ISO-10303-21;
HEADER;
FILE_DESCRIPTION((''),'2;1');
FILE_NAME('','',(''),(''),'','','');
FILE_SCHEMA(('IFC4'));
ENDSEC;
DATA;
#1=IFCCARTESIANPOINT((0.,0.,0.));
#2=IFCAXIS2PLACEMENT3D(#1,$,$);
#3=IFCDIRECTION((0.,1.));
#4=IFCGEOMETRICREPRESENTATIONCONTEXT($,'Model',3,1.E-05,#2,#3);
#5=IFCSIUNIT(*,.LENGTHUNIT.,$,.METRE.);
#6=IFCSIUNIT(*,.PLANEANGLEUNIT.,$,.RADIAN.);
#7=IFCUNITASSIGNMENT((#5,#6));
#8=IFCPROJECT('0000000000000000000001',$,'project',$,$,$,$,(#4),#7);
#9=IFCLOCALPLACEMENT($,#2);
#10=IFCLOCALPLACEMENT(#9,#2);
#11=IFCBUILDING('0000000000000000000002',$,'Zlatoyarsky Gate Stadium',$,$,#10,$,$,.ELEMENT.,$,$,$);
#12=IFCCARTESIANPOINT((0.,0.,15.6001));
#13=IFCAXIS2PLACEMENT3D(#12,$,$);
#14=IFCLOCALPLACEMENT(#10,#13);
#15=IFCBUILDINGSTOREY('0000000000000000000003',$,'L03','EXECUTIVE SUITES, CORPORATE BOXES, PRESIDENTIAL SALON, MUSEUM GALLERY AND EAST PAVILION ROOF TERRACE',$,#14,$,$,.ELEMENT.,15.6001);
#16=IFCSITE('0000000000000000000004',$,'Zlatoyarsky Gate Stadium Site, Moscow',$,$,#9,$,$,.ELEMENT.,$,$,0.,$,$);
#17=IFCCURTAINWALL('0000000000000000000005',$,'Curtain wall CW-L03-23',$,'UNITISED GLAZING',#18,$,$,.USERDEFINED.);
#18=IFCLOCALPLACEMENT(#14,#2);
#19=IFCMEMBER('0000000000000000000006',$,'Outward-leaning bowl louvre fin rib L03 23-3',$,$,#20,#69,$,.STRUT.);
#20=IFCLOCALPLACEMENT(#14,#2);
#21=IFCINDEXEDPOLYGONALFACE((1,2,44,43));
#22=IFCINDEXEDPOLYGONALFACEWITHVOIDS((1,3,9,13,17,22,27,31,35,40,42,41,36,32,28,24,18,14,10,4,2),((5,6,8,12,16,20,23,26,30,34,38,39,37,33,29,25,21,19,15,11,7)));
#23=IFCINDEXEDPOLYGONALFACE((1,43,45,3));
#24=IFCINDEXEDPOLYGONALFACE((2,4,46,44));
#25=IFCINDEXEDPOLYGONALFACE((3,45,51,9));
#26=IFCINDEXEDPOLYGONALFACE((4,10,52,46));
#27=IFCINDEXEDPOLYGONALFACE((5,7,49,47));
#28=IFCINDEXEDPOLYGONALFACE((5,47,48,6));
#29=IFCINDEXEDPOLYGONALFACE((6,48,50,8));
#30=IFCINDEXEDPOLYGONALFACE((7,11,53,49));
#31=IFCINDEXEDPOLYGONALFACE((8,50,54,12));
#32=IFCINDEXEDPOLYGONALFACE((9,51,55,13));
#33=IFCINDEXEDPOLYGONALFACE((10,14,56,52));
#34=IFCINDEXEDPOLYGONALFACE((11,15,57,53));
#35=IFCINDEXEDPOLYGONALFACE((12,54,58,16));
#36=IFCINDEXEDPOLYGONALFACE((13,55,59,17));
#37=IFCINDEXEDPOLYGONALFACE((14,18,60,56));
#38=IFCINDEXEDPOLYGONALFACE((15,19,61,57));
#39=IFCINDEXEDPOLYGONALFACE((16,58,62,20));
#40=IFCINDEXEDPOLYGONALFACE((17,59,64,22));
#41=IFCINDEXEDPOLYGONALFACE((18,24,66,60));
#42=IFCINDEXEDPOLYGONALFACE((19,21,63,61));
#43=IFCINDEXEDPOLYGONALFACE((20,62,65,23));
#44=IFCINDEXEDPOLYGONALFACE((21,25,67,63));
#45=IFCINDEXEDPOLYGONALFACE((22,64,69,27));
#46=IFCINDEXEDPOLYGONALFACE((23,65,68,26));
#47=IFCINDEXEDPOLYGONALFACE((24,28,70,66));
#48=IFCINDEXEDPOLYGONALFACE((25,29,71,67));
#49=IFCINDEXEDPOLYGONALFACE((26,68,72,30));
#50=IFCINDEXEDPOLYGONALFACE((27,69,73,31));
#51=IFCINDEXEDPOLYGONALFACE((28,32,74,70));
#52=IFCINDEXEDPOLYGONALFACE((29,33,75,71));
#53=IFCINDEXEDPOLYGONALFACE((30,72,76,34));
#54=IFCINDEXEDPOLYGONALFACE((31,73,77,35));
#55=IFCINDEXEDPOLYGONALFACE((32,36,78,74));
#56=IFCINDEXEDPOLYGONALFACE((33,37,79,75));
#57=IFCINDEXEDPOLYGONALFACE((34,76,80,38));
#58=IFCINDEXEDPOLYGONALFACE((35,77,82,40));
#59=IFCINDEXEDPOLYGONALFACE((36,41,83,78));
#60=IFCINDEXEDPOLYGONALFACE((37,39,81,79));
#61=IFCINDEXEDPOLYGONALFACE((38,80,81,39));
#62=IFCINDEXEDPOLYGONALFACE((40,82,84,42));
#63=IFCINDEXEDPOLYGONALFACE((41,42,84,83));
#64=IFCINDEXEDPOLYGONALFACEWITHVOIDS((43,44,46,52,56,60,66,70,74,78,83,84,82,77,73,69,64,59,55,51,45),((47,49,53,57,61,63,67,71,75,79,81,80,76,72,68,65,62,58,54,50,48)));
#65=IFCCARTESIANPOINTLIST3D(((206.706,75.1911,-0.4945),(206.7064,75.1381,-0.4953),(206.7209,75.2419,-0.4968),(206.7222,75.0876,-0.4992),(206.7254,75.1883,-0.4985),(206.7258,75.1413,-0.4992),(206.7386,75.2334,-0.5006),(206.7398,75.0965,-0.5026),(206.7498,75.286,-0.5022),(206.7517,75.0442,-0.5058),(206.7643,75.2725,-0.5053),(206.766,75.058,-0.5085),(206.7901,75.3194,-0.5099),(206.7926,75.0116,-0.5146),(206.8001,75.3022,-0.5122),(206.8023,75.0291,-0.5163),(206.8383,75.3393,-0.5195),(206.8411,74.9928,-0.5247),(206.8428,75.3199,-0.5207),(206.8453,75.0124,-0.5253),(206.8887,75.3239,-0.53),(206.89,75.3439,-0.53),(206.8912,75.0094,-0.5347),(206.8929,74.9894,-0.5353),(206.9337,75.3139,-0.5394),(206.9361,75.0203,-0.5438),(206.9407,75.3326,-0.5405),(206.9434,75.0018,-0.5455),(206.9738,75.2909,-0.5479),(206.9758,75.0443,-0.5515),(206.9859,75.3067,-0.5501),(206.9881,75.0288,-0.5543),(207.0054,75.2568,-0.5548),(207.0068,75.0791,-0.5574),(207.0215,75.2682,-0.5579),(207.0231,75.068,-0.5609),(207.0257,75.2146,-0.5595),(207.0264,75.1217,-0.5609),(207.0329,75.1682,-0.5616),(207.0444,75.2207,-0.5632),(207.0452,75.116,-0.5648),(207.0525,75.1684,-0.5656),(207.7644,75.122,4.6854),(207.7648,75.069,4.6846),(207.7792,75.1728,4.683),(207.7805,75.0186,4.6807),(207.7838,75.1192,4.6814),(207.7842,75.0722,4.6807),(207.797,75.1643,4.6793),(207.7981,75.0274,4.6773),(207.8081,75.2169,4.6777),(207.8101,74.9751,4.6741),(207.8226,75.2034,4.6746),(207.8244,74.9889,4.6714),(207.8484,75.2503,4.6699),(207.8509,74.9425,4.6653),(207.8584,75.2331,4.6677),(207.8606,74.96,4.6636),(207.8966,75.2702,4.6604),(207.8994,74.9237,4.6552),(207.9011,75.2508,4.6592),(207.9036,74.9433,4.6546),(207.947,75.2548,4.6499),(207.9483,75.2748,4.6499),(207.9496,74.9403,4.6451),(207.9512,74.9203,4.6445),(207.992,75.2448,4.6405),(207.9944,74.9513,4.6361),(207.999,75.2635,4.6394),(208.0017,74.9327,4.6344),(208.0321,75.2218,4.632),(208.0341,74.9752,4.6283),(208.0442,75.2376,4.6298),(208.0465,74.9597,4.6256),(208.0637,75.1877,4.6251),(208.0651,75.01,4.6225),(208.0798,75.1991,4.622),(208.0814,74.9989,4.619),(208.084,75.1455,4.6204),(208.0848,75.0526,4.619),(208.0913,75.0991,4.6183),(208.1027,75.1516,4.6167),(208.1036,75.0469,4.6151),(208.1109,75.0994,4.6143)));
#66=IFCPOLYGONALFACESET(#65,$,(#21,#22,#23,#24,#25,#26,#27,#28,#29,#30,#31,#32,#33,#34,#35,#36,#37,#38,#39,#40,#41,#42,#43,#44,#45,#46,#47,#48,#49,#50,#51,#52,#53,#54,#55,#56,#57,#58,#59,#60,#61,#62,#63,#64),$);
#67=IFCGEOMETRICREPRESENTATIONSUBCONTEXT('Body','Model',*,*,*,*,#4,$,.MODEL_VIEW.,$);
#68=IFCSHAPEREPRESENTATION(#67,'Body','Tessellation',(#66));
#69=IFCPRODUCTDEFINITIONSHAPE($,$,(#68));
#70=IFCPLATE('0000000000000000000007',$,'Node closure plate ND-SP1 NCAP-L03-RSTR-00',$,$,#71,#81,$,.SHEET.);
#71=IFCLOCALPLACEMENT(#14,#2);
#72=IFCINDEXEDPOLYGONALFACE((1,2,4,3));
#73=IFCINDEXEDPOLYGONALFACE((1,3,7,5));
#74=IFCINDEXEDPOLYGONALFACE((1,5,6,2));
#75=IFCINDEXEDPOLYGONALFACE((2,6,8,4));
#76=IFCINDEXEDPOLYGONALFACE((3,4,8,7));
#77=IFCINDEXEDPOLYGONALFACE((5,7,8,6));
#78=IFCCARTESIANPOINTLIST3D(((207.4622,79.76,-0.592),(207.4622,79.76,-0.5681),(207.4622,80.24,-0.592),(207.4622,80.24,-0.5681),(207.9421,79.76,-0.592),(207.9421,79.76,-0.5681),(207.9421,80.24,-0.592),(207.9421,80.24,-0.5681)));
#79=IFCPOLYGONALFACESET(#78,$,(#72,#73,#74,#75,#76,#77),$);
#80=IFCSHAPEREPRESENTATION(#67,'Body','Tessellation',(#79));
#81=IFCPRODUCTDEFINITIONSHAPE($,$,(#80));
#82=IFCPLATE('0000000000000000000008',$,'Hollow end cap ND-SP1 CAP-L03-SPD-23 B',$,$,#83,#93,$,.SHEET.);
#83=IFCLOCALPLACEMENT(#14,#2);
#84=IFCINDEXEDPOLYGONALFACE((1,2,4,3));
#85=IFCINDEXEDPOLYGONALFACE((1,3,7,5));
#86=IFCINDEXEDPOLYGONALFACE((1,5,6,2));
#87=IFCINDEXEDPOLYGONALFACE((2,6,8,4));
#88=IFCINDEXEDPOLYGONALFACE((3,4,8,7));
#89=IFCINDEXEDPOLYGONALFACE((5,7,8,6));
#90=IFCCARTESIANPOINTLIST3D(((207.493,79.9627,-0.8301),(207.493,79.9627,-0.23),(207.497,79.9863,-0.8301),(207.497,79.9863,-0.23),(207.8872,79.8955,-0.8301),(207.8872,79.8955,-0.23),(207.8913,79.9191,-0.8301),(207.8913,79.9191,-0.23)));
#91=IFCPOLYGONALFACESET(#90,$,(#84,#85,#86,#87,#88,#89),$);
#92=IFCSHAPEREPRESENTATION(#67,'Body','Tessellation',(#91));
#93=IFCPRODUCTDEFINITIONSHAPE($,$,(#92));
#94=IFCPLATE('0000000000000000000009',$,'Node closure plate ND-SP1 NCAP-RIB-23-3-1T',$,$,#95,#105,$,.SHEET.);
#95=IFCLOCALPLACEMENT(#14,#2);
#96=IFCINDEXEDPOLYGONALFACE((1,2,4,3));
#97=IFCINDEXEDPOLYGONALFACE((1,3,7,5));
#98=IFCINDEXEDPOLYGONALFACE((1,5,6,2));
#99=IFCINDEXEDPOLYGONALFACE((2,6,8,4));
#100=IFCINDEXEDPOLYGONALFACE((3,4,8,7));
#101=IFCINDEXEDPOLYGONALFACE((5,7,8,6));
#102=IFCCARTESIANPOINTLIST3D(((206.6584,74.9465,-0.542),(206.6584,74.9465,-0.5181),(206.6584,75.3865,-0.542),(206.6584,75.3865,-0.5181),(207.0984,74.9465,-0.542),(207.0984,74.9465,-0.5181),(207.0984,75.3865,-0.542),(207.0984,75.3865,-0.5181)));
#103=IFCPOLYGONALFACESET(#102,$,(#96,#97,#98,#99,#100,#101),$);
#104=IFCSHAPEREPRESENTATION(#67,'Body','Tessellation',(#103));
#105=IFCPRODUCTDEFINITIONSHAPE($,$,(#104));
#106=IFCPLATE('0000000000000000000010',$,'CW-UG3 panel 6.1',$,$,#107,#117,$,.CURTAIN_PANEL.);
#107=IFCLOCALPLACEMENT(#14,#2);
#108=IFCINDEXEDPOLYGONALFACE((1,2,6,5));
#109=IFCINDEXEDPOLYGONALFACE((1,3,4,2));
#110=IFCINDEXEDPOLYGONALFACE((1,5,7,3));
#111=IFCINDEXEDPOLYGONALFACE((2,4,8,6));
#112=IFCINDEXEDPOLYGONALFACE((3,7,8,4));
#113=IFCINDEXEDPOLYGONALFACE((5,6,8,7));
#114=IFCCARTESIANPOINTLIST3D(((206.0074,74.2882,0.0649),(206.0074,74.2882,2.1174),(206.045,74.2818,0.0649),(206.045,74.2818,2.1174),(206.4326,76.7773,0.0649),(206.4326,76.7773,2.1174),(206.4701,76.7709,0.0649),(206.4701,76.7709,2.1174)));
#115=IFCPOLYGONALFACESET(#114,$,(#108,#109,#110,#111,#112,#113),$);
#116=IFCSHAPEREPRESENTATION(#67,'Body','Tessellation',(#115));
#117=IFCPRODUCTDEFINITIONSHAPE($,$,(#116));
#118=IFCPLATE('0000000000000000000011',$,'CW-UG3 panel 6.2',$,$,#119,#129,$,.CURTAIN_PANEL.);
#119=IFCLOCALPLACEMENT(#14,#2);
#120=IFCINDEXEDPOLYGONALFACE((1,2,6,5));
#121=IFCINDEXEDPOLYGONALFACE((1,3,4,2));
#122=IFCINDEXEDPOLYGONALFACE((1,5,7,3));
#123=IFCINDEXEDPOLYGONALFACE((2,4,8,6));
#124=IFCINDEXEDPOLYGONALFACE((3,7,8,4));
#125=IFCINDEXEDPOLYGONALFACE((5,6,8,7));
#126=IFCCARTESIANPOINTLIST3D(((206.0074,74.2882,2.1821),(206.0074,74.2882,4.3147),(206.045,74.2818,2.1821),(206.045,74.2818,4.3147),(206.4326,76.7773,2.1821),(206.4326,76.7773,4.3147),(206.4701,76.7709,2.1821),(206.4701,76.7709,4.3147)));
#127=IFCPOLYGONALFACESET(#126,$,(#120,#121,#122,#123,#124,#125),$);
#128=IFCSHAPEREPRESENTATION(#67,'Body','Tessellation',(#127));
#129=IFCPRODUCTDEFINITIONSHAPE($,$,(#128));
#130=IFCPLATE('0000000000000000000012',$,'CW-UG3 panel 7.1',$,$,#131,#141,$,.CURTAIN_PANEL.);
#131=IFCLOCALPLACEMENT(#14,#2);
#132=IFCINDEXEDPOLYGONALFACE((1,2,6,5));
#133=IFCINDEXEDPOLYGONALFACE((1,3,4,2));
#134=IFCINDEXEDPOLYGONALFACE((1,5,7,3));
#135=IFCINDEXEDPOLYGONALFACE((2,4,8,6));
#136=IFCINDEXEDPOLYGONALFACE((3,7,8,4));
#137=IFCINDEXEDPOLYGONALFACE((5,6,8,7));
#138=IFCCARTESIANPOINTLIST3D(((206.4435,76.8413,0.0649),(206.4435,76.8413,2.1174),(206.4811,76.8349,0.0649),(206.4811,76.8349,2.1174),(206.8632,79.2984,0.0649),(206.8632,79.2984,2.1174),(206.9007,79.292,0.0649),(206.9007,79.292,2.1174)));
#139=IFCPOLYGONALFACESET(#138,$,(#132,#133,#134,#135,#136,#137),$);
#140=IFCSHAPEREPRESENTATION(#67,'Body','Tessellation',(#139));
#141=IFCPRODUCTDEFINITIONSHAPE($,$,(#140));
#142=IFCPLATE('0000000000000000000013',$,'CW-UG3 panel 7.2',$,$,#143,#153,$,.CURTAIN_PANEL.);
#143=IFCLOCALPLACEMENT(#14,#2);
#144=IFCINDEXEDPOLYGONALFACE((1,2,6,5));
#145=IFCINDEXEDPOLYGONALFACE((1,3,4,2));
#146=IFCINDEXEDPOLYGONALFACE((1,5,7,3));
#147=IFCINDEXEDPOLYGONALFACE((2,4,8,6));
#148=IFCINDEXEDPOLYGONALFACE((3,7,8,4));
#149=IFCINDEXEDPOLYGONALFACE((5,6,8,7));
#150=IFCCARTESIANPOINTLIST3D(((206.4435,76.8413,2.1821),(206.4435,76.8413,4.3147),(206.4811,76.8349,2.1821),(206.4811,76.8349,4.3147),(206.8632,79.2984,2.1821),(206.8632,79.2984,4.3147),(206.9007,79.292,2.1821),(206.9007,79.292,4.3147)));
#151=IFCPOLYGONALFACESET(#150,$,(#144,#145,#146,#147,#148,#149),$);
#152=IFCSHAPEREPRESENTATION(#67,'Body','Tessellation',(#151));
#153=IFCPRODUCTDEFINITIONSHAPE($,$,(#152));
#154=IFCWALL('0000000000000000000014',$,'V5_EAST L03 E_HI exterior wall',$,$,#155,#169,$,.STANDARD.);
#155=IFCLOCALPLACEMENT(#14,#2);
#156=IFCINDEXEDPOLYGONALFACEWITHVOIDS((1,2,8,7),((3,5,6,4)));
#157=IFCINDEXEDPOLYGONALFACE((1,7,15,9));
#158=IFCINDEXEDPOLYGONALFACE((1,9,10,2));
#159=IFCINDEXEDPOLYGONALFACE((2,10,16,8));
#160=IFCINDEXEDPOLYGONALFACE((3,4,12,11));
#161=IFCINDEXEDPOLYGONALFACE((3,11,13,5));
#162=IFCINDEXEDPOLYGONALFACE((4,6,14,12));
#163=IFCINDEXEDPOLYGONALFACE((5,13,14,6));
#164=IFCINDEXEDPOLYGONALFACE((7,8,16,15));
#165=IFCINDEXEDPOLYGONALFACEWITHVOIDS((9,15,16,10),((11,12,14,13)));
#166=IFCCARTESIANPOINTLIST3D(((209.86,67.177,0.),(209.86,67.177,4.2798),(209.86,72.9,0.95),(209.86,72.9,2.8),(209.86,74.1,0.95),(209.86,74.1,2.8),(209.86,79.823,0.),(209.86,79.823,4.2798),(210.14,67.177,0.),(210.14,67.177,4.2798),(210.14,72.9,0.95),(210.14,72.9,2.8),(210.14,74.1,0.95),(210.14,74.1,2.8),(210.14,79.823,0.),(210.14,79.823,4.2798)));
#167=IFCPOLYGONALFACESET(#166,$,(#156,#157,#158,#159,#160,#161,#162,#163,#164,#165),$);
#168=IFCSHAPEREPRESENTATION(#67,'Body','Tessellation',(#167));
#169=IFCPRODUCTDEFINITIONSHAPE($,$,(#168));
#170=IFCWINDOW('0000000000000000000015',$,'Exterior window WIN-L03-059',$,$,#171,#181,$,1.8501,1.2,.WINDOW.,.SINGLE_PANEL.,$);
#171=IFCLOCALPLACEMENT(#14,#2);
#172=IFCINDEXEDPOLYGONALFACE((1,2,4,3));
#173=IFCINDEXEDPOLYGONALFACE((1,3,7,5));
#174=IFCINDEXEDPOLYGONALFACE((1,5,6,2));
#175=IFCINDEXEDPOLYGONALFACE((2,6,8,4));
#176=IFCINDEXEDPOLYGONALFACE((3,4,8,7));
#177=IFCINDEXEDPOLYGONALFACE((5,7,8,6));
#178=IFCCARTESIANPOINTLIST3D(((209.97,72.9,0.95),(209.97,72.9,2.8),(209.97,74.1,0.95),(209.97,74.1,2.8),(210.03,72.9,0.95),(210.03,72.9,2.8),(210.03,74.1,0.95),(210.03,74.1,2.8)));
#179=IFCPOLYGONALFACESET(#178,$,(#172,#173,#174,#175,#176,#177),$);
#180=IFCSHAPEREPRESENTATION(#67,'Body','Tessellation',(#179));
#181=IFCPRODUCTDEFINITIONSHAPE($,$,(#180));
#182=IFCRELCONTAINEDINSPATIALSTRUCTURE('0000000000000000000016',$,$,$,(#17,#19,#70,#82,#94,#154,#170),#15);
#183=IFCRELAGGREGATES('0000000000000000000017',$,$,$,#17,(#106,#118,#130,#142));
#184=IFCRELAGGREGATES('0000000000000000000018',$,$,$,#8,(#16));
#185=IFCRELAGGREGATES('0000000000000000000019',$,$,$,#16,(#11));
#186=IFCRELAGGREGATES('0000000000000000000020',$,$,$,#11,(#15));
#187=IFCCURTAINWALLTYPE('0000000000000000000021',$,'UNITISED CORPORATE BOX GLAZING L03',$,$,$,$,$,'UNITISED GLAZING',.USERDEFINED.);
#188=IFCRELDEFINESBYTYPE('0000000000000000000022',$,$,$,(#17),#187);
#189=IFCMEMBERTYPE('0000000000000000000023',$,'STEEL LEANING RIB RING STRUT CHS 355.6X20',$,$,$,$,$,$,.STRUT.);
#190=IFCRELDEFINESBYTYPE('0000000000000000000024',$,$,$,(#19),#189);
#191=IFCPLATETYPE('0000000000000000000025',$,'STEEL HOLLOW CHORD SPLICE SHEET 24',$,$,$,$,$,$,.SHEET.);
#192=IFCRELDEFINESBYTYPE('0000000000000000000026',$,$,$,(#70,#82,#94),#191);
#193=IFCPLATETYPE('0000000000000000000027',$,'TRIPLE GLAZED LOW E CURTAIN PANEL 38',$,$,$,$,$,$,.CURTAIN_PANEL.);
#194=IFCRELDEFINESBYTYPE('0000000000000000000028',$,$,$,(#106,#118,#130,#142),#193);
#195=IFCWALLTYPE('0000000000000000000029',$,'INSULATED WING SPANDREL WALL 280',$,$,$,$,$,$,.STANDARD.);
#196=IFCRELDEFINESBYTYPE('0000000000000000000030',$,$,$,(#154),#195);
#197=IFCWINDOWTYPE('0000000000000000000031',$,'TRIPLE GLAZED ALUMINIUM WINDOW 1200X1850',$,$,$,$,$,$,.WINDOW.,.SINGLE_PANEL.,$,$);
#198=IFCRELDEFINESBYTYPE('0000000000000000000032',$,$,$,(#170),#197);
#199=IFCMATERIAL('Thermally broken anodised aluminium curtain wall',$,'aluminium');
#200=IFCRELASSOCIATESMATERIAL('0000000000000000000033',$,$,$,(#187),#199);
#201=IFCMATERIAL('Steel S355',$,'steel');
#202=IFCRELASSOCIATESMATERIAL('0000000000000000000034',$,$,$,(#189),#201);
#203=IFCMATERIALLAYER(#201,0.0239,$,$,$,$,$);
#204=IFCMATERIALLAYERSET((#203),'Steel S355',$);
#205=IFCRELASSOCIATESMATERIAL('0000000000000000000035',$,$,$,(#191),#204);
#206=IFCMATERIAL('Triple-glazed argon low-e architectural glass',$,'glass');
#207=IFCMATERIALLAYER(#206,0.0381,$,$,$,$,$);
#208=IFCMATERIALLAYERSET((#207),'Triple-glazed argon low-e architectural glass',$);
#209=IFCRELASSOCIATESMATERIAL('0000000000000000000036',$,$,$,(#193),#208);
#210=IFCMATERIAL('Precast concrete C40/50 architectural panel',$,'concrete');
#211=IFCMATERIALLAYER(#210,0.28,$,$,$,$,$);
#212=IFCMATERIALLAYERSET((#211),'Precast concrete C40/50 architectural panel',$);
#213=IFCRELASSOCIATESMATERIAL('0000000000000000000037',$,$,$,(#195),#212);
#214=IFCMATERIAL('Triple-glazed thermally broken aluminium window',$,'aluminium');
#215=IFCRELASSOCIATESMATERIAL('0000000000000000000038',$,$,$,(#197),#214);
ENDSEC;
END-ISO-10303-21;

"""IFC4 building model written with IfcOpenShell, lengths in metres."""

from ifc_helpers import new_model, si_unit, direction, frame, frame_2d, origin, origin_2d, place, context, subcontext, project, spatial, rectangle, hollow_circle, extrude, material, layer, layer_set, material_profile, profile_set, type_object, element, fill, aggregate, save


model = new_model("IFC4")

# Units and contexts
model_context = context("Model", 3, precision=1e-05, world=origin(), true_north=direction((0.0, 1.0)))
body_context = subcontext(model_context, "Body", "Model", "MODEL_VIEW")
ifc_project = project(units=[si_unit("LENGTHUNIT", "METRE"), si_unit("PLANEANGLEUNIT", "RADIAN")], contexts=[model_context])

# Site, building, storey
site_placement = place(None, origin())
site = spatial("IfcSite", under=ifc_project, at=site_placement, Name="Zlatoyarsky Gate Stadium Site, Moscow", CompositionType="ELEMENT", RefElevation=0.0)
building_placement = place(site_placement, origin())
building = spatial("IfcBuilding", under=site, at=building_placement, Name="Zlatoyarsky Gate Stadium", CompositionType="ELEMENT")
storey_placement = place(building_placement, frame((0.0, 0.0, 15.6001)))
storey = spatial("IfcBuildingStorey", under=building, at=storey_placement, Name="L03", Description="EXECUTIVE SUITES, CORPORATE BOXES, PRESIDENTIAL SALON, MUSEUM GALLERY AND EAST PAVILION ROOF TERRACE", CompositionType="ELEMENT", Elevation=15.6001)

# Shared definitions
ifc_material_1 = material(Name="Steel S355", Category="steel")

# Curtain wall
ifc_material_2 = material(Name="Thermally broken anodised aluminium curtain wall", Category="aluminium")
curtain_wall_type = type_object("IfcCurtainWallType", Name="UNITISED CORPORATE BOX GLAZING L03", ElementType="UNITISED GLAZING", PredefinedType="USERDEFINED", material=ifc_material_2)
curtain_wall_placement = place(storey_placement, origin())
curtain_wall = element("IfcCurtainWall", 1, at=curtain_wall_placement, inside=storey, type_object=curtain_wall_type, Name="Curtain wall CW-L03-23", ObjectType="UNITISED GLAZING", PredefinedType="USERDEFINED")

# Member
ifc_material_profile_1 = material_profile(ifc_material_1, hollow_circle(Radius=0.1777, WallThickness=0.02, at=origin_2d()), Name="CHS 355.6X20")
ifc_profile_set_1 = profile_set([ifc_material_profile_1], Name="Steel S355")
member_type_1 = type_object("IfcMemberType", Name="STEEL LEANING RIB RING STRUT CHS 355.6X20", PredefinedType="STRUT", material=ifc_profile_set_1)
member_1_placement = place(storey_placement, frame((206.8784, 75.1665, -0.53), z_axis=(0.200165, -0.013067, 0.979675), x_axis=(0.065144, 0.997876, 0.0)))
element("IfcMember", 2, at=member_1_placement, inside=storey, type_object=member_type_1, Name="Outward-leaning bowl louvre fin rib L03 23-3", PredefinedType="STRUT", context=body_context, shape_type="SweptSolid", body=[
    extrude(hollow_circle(Radius=0.1777, WallThickness=0.02, at=origin_2d()), origin(), (0.0, 0.0, 1.0), 5.2874),
])

# Plates
ifc_layer_1 = layer(ifc_material_1, 0.0239)
ifc_layer_set_1 = layer_set([ifc_layer_1], Name="Steel S355")
plate_type_1 = type_object("IfcPlateType", Name="STEEL HOLLOW CHORD SPLICE SHEET 24", PredefinedType="SHEET", material=ifc_layer_set_1)
plate_1_placement = place(storey_placement, frame((207.7021, 80.0, -0.592), z_axis=(0.0, 0.0, 1.0), x_axis=(1.0, 0.0, 0.0)))
element("IfcPlate", 3, at=plate_1_placement, inside=storey, type_object=plate_type_1, Name="Node closure plate ND-SP1 NCAP-L03-RSTR-00", PredefinedType="SHEET", context=body_context, shape_type="SweptSolid", body=[
    extrude(rectangle(XDim=0.48, YDim=0.48, at=origin_2d()), origin(), (0.0, 0.0, 1.0), 0.0239),
])
plate_2_placement = place(storey_placement, frame((207.6921, 79.9409, -0.8301), z_axis=(0.0, 0.0, 1.0), x_axis=(0.167999, 0.985787, 0.0)))
element("IfcPlate", 4, at=plate_2_placement, inside=storey, type_object=plate_type_1, Name="Hollow end cap ND-SP1 CAP-L03-SPD-23 B", PredefinedType="SHEET", context=body_context, shape_type="SweptSolid", body=[
    extrude(rectangle(XDim=0.0239, YDim=0.3999, at=origin_2d()), origin(), (0.0, 0.0, 1.0), 0.6001),
])
plate_3_placement = place(storey_placement, frame((206.8784, 75.1665, -0.542), z_axis=(0.0, 0.0, 1.0), x_axis=(1.0, 0.0, 0.0)))
element("IfcPlate", 5, at=plate_3_placement, inside=storey, type_object=plate_type_1, Name="Node closure plate ND-SP1 NCAP-RIB-23-3-1T", PredefinedType="SHEET", context=body_context, shape_type="SweptSolid", body=[
    extrude(rectangle(XDim=0.4399, YDim=0.4399, at=origin_2d()), origin(), (0.0, 0.0, 1.0), 0.0239),
])

# Plates
ifc_material_3 = material(Name="Triple-glazed argon low-e architectural glass", Category="glass")
ifc_layer_2 = layer(ifc_material_3, 0.0381)
ifc_layer_set_2 = layer_set([ifc_layer_2], Name="Triple-glazed argon low-e architectural glass")
plate_type_2 = type_object("IfcPlateType", Name="TRIPLE GLAZED LOW E CURTAIN PANEL 38", PredefinedType="CURTAIN_PANEL", material=ifc_layer_set_2)
plate_4_placement = place(storey_placement, frame((206.2388, 75.5295, 0.0649), z_axis=(0.0, 0.0, 1.0), x_axis=(0.168356, 0.985726, 0.0)))
plate_4 = element("IfcPlate", 6, at=plate_4_placement, type_object=plate_type_2, Name="CW-UG3 panel 6.1", PredefinedType="CURTAIN_PANEL", context=body_context, shape_type="SweptSolid", body=[
    extrude(rectangle(XDim=2.5251, YDim=0.0381, at=origin_2d()), origin(), (0.0, 0.0, 1.0), 2.0525),
])
plate_5_placement = place(storey_placement, frame((206.2388, 75.5295, 2.1821), z_axis=(0.0, 0.0, 1.0), x_axis=(0.168356, 0.985726, 0.0)))
plate_5 = element("IfcPlate", 7, at=plate_5_placement, type_object=plate_type_2, Name="CW-UG3 panel 6.2", PredefinedType="CURTAIN_PANEL", context=body_context, shape_type="SweptSolid", body=[
    extrude(rectangle(XDim=2.5251, YDim=0.0381, at=origin_2d()), origin(), (0.0, 0.0, 1.0), 2.1326),
])
plate_6_placement = place(storey_placement, frame((206.6721, 78.0667, 0.0649), z_axis=(0.0, 0.0, 1.0), x_axis=(0.168356, 0.985726, 0.0)))
plate_6 = element("IfcPlate", 8, at=plate_6_placement, type_object=plate_type_2, Name="CW-UG3 panel 7.1", PredefinedType="CURTAIN_PANEL", context=body_context, shape_type="SweptSolid", body=[
    extrude(rectangle(XDim=2.4927, YDim=0.0381, at=origin_2d()), origin(), (0.0, 0.0, 1.0), 2.0525),
])
plate_7_placement = place(storey_placement, frame((206.6721, 78.0667, 2.1821), z_axis=(0.0, 0.0, 1.0), x_axis=(0.168356, 0.985726, 0.0)))
plate_7 = element("IfcPlate", 9, at=plate_7_placement, type_object=plate_type_2, Name="CW-UG3 panel 7.2", PredefinedType="CURTAIN_PANEL", context=body_context, shape_type="SweptSolid", body=[
    extrude(rectangle(XDim=2.4927, YDim=0.0381, at=origin_2d()), origin(), (0.0, 0.0, 1.0), 2.1326),
])
aggregate(curtain_wall, [plate_4, plate_5, plate_6, plate_7])

# Wall, opening, window
ifc_material_4 = material(Name="Precast concrete C40/50 architectural panel", Category="concrete")
ifc_layer_3 = layer(ifc_material_4, 0.28)
ifc_layer_set_3 = layer_set([ifc_layer_3], Name="Precast concrete C40/50 architectural panel")
wall_type = type_object("IfcWallType", Name="INSULATED WING SPANDREL WALL 280", PredefinedType="STANDARD", material=ifc_layer_set_3)
wall_placement = place(storey_placement, frame((210.0, 67.177, 0.0), z_axis=(0.0, 0.0, 1.0), x_axis=(0.0, 1.0, 0.0)))
wall = element("IfcWall", 10, at=wall_placement, inside=storey, type_object=wall_type, Name="V5_EAST L03 E_HI exterior wall", PredefinedType="STANDARD", context=body_context, shape_type="SweptSolid", body=[
    extrude(rectangle(XDim=12.646, YDim=0.28, at=frame_2d((6.323, 0.0))), origin(), (0.0, 0.0, 1.0), 4.2798),
])
opening_placement = place(wall_placement, frame((5.7229, 0.0, 0.95)))
opening = element("IfcOpeningElement", 11, at=opening_placement, cuts=wall, PredefinedType="OPENING", context=body_context, shape_type="SweptSolid", body=[
    extrude(rectangle(XDim=1.2, YDim=1.8501, at=frame_2d((0.6001, 0.925))), frame((0.0, 0.1499, 0.0), z_axis=(0.0, -1.0, 0.0), x_axis=(1.0, 0.0, 0.0)), (0.0, 0.0, 1.0), 0.3),
])
ifc_material_5 = material(Name="Triple-glazed thermally broken aluminium window", Category="aluminium")
window_type = type_object("IfcWindowType", Name="TRIPLE GLAZED ALUMINIUM WINDOW 1200X1850", PartitioningType="SINGLE_PANEL", PredefinedType="WINDOW", material=ifc_material_5)
window_placement = place(opening_placement, origin())
window = element("IfcWindow", 12, at=window_placement, inside=storey, type_object=window_type, Name="Exterior window WIN-L03-059", OverallHeight=1.8501, OverallWidth=1.2, PartitioningType="SINGLE_PANEL", PredefinedType="WINDOW", context=body_context, shape_type="SweptSolid", body=[
    extrude(rectangle(XDim=1.2, YDim=1.8501, at=frame_2d((0.6001, 0.925))), frame((0.0, 0.03, 0.0), z_axis=(0.0, -1.0, 0.0), x_axis=(1.0, 0.0, 0.0)), (0.0, 0.0, 1.0), 0.0601),
])
fill(opening, window)

save(model, "model.ifc")
